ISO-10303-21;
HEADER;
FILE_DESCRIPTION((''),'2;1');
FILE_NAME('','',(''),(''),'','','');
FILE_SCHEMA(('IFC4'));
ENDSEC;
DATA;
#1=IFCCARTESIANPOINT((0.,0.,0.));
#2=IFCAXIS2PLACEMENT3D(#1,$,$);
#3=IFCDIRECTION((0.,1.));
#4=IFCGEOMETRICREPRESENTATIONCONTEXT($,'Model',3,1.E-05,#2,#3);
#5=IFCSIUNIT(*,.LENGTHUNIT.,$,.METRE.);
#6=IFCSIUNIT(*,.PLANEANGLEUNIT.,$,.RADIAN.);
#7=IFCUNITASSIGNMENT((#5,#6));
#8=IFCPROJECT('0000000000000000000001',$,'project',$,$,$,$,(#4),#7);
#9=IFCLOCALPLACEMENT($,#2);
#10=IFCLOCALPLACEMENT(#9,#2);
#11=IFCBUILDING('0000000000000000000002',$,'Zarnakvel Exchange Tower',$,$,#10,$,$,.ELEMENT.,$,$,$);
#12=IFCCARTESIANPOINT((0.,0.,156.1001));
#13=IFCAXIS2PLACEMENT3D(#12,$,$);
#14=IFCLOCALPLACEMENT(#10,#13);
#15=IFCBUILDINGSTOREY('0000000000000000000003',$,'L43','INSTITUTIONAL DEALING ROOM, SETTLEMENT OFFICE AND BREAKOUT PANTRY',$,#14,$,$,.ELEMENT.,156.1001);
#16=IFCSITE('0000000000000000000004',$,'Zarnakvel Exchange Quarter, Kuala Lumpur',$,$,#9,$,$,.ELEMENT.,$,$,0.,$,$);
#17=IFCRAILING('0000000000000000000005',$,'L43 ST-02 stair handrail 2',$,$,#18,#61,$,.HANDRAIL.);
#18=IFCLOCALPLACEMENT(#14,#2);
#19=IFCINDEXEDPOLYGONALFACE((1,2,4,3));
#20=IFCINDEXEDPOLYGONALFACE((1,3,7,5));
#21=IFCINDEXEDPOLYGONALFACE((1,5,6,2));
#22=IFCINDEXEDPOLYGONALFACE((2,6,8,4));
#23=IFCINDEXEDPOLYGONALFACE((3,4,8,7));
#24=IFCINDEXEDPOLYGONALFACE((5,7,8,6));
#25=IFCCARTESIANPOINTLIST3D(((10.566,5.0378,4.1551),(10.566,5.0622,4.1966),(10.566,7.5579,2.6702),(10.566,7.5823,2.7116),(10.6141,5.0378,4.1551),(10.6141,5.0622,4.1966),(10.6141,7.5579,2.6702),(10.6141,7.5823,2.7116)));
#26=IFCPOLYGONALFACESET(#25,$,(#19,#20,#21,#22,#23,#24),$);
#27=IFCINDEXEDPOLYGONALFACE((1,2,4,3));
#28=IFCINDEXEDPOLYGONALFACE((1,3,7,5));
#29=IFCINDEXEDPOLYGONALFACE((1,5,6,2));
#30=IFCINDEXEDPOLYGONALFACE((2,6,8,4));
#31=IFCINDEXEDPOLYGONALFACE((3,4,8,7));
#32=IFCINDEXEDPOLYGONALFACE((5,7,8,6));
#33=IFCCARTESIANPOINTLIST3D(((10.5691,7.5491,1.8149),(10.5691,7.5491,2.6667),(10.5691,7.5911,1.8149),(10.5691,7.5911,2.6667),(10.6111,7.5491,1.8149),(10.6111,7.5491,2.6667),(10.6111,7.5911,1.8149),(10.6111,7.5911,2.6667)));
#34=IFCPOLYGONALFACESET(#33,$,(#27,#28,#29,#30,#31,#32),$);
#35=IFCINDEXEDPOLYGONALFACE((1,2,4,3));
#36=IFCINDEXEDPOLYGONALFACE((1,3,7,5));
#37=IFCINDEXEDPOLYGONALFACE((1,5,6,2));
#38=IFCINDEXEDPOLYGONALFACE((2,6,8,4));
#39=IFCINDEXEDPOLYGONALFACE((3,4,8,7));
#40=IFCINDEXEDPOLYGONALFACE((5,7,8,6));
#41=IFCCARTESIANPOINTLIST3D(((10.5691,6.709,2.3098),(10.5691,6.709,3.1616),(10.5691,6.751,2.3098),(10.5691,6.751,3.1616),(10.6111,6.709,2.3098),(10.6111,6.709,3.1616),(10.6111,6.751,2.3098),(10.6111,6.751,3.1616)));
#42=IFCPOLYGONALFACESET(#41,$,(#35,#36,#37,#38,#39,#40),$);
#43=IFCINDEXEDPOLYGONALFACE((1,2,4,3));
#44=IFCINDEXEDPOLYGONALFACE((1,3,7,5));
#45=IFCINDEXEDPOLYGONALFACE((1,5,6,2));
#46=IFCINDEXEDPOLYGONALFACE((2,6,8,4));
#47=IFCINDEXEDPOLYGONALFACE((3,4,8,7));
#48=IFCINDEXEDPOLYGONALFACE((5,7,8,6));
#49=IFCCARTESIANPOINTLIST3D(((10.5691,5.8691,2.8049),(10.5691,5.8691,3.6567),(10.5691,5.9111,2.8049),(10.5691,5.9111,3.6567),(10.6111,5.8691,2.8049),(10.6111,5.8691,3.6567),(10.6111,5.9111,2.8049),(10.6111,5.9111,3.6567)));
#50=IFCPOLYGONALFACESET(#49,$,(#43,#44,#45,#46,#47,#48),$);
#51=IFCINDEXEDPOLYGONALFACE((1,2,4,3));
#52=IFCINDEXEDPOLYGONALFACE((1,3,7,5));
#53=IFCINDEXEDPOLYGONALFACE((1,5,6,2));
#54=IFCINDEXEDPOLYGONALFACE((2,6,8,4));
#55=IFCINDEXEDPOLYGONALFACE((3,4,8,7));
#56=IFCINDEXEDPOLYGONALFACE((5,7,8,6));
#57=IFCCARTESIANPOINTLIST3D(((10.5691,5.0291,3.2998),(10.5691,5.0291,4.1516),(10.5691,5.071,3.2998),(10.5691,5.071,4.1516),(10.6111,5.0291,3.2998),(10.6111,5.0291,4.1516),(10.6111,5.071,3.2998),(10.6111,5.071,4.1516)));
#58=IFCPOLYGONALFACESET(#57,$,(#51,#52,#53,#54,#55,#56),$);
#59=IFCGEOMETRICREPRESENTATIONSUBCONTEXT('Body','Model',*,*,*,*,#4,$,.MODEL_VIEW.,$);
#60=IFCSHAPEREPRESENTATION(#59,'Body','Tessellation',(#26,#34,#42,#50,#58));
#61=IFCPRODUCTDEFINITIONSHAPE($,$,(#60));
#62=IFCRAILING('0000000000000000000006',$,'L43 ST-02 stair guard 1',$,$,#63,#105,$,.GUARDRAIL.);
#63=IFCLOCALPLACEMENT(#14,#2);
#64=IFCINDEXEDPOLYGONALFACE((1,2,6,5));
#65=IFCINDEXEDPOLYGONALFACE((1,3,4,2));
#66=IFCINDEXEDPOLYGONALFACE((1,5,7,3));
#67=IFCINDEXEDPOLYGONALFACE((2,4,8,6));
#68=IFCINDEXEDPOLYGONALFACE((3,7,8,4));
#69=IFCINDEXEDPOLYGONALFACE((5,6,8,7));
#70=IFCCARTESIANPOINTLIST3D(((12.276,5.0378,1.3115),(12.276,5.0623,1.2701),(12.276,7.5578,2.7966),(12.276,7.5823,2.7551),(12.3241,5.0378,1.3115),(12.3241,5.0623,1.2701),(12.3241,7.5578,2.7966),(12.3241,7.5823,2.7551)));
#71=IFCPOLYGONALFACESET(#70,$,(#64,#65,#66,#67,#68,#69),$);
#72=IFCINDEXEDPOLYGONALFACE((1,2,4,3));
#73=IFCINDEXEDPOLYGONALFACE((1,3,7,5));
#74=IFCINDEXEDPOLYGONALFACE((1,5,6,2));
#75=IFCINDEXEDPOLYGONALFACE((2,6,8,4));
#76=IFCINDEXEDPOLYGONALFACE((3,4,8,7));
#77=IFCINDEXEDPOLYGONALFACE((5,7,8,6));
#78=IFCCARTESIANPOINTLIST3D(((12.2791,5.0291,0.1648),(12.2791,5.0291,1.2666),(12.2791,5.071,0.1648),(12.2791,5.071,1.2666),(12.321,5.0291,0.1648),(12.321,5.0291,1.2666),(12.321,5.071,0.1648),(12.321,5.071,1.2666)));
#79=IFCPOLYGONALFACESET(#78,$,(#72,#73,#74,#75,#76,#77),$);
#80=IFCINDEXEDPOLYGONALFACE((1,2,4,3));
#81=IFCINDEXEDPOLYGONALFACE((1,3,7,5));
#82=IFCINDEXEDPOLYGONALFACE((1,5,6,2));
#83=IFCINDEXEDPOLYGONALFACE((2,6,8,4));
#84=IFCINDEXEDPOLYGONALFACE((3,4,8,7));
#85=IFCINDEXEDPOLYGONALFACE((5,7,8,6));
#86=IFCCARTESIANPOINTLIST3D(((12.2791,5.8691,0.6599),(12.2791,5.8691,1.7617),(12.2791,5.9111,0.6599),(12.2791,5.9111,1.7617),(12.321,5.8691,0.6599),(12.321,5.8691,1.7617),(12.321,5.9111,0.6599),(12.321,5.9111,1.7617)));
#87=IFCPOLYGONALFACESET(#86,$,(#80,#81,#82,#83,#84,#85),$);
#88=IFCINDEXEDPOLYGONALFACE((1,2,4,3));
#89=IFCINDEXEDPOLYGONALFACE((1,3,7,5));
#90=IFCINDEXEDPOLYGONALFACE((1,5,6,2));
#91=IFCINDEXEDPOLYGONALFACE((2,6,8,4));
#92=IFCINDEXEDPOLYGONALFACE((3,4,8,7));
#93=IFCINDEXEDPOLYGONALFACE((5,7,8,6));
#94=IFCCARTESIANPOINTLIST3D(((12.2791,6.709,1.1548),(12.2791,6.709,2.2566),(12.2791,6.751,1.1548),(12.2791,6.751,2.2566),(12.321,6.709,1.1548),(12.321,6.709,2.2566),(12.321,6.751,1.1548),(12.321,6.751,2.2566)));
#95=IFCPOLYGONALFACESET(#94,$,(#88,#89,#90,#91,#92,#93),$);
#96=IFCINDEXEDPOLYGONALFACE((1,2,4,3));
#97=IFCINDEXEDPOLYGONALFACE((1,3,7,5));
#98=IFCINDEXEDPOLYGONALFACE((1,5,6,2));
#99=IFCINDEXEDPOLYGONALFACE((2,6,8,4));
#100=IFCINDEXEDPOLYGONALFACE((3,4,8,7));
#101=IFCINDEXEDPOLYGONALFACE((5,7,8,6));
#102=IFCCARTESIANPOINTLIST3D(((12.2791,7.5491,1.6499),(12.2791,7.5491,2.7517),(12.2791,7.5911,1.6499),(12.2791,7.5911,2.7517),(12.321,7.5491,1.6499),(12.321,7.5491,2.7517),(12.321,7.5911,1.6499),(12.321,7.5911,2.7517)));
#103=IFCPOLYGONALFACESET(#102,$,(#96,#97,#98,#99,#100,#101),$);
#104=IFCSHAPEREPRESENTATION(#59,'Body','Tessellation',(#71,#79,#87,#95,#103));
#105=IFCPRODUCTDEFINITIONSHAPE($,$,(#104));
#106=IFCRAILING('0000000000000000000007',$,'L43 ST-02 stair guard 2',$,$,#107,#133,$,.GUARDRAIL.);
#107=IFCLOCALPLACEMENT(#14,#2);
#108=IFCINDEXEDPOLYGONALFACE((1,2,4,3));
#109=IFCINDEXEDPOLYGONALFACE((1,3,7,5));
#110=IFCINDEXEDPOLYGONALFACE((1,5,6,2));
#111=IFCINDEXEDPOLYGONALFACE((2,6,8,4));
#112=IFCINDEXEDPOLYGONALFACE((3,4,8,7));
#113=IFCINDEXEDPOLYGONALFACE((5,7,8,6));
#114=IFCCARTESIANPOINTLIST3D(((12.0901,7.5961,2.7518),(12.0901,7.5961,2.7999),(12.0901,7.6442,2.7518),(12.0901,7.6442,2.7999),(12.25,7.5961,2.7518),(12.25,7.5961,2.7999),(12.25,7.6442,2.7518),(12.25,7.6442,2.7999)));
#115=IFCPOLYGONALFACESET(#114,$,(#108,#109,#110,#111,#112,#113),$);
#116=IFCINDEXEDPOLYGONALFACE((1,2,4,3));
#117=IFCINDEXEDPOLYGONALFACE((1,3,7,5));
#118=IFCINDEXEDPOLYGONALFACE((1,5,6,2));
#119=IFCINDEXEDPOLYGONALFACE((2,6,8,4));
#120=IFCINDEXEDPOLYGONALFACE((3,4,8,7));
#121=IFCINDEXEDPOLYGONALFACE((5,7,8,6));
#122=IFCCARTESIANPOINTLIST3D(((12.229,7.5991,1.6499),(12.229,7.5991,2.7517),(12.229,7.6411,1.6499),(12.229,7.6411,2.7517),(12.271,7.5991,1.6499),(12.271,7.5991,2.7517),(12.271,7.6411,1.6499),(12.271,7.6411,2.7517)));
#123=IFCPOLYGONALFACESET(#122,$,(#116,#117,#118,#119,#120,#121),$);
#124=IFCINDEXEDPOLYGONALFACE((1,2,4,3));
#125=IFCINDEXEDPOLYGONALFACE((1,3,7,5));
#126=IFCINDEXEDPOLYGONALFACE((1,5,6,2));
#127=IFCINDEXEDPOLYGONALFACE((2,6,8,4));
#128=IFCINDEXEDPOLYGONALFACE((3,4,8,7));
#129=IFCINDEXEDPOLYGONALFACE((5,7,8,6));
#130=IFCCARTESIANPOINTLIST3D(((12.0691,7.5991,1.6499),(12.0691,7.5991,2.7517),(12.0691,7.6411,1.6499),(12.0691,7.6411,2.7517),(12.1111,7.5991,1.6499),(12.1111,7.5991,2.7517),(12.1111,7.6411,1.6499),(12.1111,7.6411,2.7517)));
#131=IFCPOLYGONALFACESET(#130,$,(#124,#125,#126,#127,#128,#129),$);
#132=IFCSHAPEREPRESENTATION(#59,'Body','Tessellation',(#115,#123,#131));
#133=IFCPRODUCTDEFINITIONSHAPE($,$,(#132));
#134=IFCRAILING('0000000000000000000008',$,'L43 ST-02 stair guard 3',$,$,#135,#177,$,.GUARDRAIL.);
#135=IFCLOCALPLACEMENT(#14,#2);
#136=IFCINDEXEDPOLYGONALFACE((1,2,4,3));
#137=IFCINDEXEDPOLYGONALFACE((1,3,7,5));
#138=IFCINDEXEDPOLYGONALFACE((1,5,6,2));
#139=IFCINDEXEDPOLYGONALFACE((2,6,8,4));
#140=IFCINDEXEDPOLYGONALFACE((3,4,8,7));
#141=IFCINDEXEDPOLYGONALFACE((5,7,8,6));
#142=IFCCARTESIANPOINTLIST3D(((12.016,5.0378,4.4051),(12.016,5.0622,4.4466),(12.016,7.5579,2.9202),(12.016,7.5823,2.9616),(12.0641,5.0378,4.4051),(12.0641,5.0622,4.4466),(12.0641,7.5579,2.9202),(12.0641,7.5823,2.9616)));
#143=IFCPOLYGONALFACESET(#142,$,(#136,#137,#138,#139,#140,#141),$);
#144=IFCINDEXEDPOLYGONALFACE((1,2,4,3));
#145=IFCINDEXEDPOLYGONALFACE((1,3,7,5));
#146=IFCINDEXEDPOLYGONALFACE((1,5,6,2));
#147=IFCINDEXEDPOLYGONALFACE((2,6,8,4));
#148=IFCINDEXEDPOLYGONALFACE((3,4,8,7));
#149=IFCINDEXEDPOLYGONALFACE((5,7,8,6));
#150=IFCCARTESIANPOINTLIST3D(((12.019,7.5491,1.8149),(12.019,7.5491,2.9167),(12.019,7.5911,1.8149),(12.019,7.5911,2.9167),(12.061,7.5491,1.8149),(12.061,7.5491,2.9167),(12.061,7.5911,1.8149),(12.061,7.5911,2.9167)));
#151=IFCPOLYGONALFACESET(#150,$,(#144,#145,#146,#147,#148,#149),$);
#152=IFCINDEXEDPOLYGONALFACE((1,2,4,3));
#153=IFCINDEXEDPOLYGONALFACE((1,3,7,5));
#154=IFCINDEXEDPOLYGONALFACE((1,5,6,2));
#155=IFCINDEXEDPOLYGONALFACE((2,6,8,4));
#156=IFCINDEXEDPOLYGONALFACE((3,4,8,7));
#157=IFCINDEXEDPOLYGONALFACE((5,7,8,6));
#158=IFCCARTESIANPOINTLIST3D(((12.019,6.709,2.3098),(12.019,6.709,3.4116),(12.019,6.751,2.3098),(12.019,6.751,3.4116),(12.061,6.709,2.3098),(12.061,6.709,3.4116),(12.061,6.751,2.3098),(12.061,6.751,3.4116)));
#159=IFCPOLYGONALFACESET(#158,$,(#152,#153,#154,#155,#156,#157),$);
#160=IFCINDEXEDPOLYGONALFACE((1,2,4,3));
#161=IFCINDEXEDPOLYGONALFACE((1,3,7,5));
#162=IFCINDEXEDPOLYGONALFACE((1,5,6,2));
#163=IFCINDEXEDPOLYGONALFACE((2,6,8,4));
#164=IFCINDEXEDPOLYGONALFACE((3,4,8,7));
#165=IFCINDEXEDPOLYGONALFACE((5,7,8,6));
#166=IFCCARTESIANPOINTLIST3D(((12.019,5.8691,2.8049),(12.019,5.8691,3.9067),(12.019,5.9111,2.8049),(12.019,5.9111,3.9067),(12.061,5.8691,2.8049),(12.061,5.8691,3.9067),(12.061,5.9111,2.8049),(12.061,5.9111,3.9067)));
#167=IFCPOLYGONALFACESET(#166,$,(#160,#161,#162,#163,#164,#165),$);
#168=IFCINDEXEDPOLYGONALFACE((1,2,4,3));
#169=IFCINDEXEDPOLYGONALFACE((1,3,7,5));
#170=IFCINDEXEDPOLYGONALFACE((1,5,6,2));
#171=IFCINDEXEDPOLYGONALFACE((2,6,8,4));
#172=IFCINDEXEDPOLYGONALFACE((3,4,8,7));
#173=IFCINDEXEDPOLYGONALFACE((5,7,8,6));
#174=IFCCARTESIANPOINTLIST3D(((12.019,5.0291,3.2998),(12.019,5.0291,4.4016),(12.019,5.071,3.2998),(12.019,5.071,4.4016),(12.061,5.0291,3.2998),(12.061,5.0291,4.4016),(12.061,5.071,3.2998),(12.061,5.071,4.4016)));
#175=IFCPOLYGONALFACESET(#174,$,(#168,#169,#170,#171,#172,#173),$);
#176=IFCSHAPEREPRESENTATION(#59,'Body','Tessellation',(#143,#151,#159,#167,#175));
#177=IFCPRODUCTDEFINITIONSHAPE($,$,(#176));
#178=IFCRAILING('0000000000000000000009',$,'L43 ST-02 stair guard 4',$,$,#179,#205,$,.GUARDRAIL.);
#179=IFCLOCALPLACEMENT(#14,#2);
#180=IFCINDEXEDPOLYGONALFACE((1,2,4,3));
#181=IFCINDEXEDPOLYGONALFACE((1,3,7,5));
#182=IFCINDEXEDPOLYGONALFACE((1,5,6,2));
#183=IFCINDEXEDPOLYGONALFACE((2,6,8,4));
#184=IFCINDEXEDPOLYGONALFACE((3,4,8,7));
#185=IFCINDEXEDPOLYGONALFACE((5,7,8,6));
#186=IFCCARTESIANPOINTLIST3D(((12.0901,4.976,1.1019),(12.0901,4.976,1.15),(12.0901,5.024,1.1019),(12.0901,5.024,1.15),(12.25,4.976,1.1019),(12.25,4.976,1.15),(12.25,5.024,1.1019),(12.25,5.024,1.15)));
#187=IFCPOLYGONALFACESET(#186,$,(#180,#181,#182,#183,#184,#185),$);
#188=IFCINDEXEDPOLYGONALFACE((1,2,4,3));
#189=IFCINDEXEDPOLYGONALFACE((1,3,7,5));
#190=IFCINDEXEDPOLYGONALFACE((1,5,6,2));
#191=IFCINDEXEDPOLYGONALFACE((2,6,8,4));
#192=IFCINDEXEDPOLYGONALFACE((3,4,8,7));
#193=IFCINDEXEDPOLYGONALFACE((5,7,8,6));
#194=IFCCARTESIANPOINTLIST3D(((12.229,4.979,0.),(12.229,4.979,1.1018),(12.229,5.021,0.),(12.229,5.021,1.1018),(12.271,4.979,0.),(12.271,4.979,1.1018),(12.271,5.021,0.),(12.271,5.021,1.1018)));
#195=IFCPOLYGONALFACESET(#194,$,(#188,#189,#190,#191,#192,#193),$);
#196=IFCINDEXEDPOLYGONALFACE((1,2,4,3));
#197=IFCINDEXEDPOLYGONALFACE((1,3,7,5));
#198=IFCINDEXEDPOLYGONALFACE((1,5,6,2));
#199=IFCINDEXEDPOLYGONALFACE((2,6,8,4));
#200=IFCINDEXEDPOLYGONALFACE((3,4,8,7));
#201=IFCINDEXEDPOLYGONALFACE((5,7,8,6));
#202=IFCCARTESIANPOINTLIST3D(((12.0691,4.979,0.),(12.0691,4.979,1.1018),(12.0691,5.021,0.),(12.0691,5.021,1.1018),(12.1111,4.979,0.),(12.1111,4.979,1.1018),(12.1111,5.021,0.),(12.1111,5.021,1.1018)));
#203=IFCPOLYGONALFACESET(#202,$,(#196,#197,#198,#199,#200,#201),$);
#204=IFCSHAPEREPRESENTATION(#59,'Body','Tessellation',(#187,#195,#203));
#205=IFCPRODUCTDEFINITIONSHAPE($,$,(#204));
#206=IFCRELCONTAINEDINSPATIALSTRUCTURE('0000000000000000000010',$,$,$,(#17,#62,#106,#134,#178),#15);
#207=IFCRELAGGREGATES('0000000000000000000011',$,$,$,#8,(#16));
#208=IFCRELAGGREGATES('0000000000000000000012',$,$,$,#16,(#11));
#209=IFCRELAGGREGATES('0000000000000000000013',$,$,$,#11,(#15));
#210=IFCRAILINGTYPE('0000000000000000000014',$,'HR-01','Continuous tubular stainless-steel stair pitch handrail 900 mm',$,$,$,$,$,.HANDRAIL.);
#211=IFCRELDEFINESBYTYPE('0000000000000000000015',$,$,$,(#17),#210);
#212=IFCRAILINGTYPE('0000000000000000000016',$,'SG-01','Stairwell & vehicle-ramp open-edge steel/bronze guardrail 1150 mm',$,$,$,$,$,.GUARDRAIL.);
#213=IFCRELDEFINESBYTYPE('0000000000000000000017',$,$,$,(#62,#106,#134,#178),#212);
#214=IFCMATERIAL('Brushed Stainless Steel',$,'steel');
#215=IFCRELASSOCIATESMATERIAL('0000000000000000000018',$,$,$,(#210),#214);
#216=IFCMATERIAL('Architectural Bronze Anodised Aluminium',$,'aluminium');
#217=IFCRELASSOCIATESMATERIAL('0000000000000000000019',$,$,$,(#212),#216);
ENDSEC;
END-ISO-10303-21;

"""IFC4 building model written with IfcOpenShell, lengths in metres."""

from ifc_helpers import new_model, si_unit, direction, frame, origin, origin_2d, place, context, subcontext, project, spatial, rectangle, extrude, material, type_object, element, save


model = new_model("IFC4")

# Units and contexts
model_context = context("Model", 3, precision=1e-05, world=origin(), true_north=direction((0.0, 1.0)))
body_context = subcontext(model_context, "Body", "Model", "MODEL_VIEW")
ifc_project = project(units=[si_unit("LENGTHUNIT", "METRE"), si_unit("PLANEANGLEUNIT", "RADIAN")], contexts=[model_context])

# Site, building, storey
site_placement = place(None, origin())
site = spatial("IfcSite", under=ifc_project, at=site_placement, Name="Zarnakvel Exchange Quarter, Kuala Lumpur", CompositionType="ELEMENT", RefElevation=0.0)
building_placement = place(site_placement, origin())
building = spatial("IfcBuilding", under=site, at=building_placement, Name="Zarnakvel Exchange Tower", CompositionType="ELEMENT")
storey_placement = place(building_placement, frame((0.0, 0.0, 156.1001)))
storey = spatial("IfcBuildingStorey", under=building, at=storey_placement, Name="L43", Description="INSTITUTIONAL DEALING ROOM, SETTLEMENT OFFICE AND BREAKOUT PANTRY", CompositionType="ELEMENT", Elevation=156.1001)

# Shared definitions
ifc_material_1 = material(Name="Architectural Bronze Anodised Aluminium", Category="aluminium")

# Shared definitions
ifc_material_2 = material(Name="Brushed Stainless Steel", Category="steel")

# Railings
railing_type_1 = type_object("IfcRailingType", Name="HR-01", Description="Continuous tubular stainless-steel stair pitch handrail 900 mm", PredefinedType="HANDRAIL", material=ifc_material_2)
railing_1_placement = place(storey_placement, frame((10.5901, 7.5701, 1.8149)))
element("IfcRailing", 1, at=railing_1_placement, inside=storey, type_object=railing_type_1, Name="L43 ST-02 stair handrail 2", PredefinedType="HANDRAIL", context=body_context, shape_type="SweptSolid", body=[
    extrude(rectangle(XDim=0.0481, YDim=0.0481, at=origin_2d()), frame((0.0, 0.0, 0.876), z_axis=(0.0, -0.861561, 0.507655), x_axis=(1.0, 0.0, 0.0)), (0.0, 0.0, 1.0), 2.925),
    extrude(rectangle(XDim=0.042, YDim=0.042, at=origin_2d()), origin(), (0.0, 0.0, 1.0), 0.8518),
    extrude(rectangle(XDim=0.042, YDim=0.042, at=origin_2d()), frame((0.0, -0.8401, 0.4949)), (0.0, 0.0, 1.0), 0.8518),
    extrude(rectangle(XDim=0.042, YDim=0.042, at=origin_2d()), frame((0.0, -1.6799, 0.99)), (0.0, 0.0, 1.0), 0.8518),
    extrude(rectangle(XDim=0.042, YDim=0.042, at=origin_2d()), frame((0.0, -2.52, 1.4849)), (0.0, 0.0, 1.0), 0.8518),
])
railing_type_2 = type_object("IfcRailingType", Name="SG-01", Description="Stairwell & vehicle-ramp open-edge steel/bronze guardrail 1150 mm", PredefinedType="GUARDRAIL", material=ifc_material_1)
railing_2_placement = place(storey_placement, frame((12.3, 5.05, 0.1648)))
element("IfcRailing", 2, at=railing_2_placement, inside=storey, type_object=railing_type_2, Name="L43 ST-02 stair guard 1", PredefinedType="GUARDRAIL", context=body_context, shape_type="SweptSolid", body=[
    extrude(rectangle(XDim=0.0481, YDim=0.0481, at=origin_2d()), frame((0.0, 0.0, 1.126), z_axis=(0.0, 0.861524, 0.507717), x_axis=(-1.0, 0.0, 0.0)), (0.0, 0.0, 1.0), 2.925),
    extrude(rectangle(XDim=0.042, YDim=0.042, at=origin_2d()), origin(), (0.0, 0.0, 1.0), 1.1018),
    extrude(rectangle(XDim=0.042, YDim=0.042, at=origin_2d()), frame((0.0, 0.8401, 0.4951)), (0.0, 0.0, 1.0), 1.1018),
    extrude(rectangle(XDim=0.042, YDim=0.042, at=origin_2d()), frame((0.0, 1.6799, 0.99)), (0.0, 0.0, 1.0), 1.1018),
    extrude(rectangle(XDim=0.042, YDim=0.042, at=origin_2d()), frame((0.0, 2.52, 1.4851)), (0.0, 0.0, 1.0), 1.1018),
])
railing_3_placement = place(storey_placement, frame((12.25, 7.6201, 1.6499)))
element("IfcRailing", 3, at=railing_3_placement, inside=storey, type_object=railing_type_2, Name="L43 ST-02 stair guard 2", PredefinedType="GUARDRAIL", context=body_context, shape_type="SweptSolid", body=[
    extrude(rectangle(XDim=0.0481, YDim=0.0481, at=origin_2d()), frame((0.0, 0.0, 1.126), z_axis=(-1.0, 0.0, 0.0), x_axis=(0.0, -1.0, 0.0)), (0.0, 0.0, 1.0), 0.1599),
    extrude(rectangle(XDim=0.042, YDim=0.042, at=origin_2d()), origin(), (0.0, 0.0, 1.0), 1.1018),
    extrude(rectangle(XDim=0.042, YDim=0.042, at=origin_2d()), frame((-0.1599, 0.0, 0.0)), (0.0, 0.0, 1.0), 1.1018),
])
railing_4_placement = place(storey_placement, frame((12.04, 7.5701, 1.8149)))
element("IfcRailing", 4, at=railing_4_placement, inside=storey, type_object=railing_type_2, Name="L43 ST-02 stair guard 3", PredefinedType="GUARDRAIL", context=body_context, shape_type="SweptSolid", body=[
    extrude(rectangle(XDim=0.0481, YDim=0.0481, at=origin_2d()), frame((0.0, 0.0, 1.126), z_axis=(0.0, -0.861561, 0.507655), x_axis=(1.0, 0.0, 0.0)), (0.0, 0.0, 1.0), 2.925),
    extrude(rectangle(XDim=0.042, YDim=0.042, at=origin_2d()), origin(), (0.0, 0.0, 1.0), 1.1018),
    extrude(rectangle(XDim=0.042, YDim=0.042, at=origin_2d()), frame((0.0, -0.8401, 0.4949)), (0.0, 0.0, 1.0), 1.1018),
    extrude(rectangle(XDim=0.042, YDim=0.042, at=origin_2d()), frame((0.0, -1.6799, 0.99)), (0.0, 0.0, 1.0), 1.1018),
    extrude(rectangle(XDim=0.042, YDim=0.042, at=origin_2d()), frame((0.0, -2.52, 1.4849)), (0.0, 0.0, 1.0), 1.1018),
])
railing_5_placement = place(storey_placement, frame((12.25, 5.0, 0.0)))
element("IfcRailing", 5, at=railing_5_placement, inside=storey, type_object=railing_type_2, Name="L43 ST-02 stair guard 4", PredefinedType="GUARDRAIL", context=body_context, shape_type="SweptSolid", body=[
    extrude(rectangle(XDim=0.0481, YDim=0.0481, at=origin_2d()), frame((0.0, 0.0, 1.126), z_axis=(-1.0, 0.0, 0.0), x_axis=(0.0, -1.0, 0.0)), (0.0, 0.0, 1.0), 0.1599),
    extrude(rectangle(XDim=0.042, YDim=0.042, at=origin_2d()), origin(), (0.0, 0.0, 1.0), 1.1018),
    extrude(rectangle(XDim=0.042, YDim=0.042, at=origin_2d()), frame((-0.1599, 0.0, 0.0)), (0.0, 0.0, 1.0), 1.1018),
])

save(model, "model.ifc")
